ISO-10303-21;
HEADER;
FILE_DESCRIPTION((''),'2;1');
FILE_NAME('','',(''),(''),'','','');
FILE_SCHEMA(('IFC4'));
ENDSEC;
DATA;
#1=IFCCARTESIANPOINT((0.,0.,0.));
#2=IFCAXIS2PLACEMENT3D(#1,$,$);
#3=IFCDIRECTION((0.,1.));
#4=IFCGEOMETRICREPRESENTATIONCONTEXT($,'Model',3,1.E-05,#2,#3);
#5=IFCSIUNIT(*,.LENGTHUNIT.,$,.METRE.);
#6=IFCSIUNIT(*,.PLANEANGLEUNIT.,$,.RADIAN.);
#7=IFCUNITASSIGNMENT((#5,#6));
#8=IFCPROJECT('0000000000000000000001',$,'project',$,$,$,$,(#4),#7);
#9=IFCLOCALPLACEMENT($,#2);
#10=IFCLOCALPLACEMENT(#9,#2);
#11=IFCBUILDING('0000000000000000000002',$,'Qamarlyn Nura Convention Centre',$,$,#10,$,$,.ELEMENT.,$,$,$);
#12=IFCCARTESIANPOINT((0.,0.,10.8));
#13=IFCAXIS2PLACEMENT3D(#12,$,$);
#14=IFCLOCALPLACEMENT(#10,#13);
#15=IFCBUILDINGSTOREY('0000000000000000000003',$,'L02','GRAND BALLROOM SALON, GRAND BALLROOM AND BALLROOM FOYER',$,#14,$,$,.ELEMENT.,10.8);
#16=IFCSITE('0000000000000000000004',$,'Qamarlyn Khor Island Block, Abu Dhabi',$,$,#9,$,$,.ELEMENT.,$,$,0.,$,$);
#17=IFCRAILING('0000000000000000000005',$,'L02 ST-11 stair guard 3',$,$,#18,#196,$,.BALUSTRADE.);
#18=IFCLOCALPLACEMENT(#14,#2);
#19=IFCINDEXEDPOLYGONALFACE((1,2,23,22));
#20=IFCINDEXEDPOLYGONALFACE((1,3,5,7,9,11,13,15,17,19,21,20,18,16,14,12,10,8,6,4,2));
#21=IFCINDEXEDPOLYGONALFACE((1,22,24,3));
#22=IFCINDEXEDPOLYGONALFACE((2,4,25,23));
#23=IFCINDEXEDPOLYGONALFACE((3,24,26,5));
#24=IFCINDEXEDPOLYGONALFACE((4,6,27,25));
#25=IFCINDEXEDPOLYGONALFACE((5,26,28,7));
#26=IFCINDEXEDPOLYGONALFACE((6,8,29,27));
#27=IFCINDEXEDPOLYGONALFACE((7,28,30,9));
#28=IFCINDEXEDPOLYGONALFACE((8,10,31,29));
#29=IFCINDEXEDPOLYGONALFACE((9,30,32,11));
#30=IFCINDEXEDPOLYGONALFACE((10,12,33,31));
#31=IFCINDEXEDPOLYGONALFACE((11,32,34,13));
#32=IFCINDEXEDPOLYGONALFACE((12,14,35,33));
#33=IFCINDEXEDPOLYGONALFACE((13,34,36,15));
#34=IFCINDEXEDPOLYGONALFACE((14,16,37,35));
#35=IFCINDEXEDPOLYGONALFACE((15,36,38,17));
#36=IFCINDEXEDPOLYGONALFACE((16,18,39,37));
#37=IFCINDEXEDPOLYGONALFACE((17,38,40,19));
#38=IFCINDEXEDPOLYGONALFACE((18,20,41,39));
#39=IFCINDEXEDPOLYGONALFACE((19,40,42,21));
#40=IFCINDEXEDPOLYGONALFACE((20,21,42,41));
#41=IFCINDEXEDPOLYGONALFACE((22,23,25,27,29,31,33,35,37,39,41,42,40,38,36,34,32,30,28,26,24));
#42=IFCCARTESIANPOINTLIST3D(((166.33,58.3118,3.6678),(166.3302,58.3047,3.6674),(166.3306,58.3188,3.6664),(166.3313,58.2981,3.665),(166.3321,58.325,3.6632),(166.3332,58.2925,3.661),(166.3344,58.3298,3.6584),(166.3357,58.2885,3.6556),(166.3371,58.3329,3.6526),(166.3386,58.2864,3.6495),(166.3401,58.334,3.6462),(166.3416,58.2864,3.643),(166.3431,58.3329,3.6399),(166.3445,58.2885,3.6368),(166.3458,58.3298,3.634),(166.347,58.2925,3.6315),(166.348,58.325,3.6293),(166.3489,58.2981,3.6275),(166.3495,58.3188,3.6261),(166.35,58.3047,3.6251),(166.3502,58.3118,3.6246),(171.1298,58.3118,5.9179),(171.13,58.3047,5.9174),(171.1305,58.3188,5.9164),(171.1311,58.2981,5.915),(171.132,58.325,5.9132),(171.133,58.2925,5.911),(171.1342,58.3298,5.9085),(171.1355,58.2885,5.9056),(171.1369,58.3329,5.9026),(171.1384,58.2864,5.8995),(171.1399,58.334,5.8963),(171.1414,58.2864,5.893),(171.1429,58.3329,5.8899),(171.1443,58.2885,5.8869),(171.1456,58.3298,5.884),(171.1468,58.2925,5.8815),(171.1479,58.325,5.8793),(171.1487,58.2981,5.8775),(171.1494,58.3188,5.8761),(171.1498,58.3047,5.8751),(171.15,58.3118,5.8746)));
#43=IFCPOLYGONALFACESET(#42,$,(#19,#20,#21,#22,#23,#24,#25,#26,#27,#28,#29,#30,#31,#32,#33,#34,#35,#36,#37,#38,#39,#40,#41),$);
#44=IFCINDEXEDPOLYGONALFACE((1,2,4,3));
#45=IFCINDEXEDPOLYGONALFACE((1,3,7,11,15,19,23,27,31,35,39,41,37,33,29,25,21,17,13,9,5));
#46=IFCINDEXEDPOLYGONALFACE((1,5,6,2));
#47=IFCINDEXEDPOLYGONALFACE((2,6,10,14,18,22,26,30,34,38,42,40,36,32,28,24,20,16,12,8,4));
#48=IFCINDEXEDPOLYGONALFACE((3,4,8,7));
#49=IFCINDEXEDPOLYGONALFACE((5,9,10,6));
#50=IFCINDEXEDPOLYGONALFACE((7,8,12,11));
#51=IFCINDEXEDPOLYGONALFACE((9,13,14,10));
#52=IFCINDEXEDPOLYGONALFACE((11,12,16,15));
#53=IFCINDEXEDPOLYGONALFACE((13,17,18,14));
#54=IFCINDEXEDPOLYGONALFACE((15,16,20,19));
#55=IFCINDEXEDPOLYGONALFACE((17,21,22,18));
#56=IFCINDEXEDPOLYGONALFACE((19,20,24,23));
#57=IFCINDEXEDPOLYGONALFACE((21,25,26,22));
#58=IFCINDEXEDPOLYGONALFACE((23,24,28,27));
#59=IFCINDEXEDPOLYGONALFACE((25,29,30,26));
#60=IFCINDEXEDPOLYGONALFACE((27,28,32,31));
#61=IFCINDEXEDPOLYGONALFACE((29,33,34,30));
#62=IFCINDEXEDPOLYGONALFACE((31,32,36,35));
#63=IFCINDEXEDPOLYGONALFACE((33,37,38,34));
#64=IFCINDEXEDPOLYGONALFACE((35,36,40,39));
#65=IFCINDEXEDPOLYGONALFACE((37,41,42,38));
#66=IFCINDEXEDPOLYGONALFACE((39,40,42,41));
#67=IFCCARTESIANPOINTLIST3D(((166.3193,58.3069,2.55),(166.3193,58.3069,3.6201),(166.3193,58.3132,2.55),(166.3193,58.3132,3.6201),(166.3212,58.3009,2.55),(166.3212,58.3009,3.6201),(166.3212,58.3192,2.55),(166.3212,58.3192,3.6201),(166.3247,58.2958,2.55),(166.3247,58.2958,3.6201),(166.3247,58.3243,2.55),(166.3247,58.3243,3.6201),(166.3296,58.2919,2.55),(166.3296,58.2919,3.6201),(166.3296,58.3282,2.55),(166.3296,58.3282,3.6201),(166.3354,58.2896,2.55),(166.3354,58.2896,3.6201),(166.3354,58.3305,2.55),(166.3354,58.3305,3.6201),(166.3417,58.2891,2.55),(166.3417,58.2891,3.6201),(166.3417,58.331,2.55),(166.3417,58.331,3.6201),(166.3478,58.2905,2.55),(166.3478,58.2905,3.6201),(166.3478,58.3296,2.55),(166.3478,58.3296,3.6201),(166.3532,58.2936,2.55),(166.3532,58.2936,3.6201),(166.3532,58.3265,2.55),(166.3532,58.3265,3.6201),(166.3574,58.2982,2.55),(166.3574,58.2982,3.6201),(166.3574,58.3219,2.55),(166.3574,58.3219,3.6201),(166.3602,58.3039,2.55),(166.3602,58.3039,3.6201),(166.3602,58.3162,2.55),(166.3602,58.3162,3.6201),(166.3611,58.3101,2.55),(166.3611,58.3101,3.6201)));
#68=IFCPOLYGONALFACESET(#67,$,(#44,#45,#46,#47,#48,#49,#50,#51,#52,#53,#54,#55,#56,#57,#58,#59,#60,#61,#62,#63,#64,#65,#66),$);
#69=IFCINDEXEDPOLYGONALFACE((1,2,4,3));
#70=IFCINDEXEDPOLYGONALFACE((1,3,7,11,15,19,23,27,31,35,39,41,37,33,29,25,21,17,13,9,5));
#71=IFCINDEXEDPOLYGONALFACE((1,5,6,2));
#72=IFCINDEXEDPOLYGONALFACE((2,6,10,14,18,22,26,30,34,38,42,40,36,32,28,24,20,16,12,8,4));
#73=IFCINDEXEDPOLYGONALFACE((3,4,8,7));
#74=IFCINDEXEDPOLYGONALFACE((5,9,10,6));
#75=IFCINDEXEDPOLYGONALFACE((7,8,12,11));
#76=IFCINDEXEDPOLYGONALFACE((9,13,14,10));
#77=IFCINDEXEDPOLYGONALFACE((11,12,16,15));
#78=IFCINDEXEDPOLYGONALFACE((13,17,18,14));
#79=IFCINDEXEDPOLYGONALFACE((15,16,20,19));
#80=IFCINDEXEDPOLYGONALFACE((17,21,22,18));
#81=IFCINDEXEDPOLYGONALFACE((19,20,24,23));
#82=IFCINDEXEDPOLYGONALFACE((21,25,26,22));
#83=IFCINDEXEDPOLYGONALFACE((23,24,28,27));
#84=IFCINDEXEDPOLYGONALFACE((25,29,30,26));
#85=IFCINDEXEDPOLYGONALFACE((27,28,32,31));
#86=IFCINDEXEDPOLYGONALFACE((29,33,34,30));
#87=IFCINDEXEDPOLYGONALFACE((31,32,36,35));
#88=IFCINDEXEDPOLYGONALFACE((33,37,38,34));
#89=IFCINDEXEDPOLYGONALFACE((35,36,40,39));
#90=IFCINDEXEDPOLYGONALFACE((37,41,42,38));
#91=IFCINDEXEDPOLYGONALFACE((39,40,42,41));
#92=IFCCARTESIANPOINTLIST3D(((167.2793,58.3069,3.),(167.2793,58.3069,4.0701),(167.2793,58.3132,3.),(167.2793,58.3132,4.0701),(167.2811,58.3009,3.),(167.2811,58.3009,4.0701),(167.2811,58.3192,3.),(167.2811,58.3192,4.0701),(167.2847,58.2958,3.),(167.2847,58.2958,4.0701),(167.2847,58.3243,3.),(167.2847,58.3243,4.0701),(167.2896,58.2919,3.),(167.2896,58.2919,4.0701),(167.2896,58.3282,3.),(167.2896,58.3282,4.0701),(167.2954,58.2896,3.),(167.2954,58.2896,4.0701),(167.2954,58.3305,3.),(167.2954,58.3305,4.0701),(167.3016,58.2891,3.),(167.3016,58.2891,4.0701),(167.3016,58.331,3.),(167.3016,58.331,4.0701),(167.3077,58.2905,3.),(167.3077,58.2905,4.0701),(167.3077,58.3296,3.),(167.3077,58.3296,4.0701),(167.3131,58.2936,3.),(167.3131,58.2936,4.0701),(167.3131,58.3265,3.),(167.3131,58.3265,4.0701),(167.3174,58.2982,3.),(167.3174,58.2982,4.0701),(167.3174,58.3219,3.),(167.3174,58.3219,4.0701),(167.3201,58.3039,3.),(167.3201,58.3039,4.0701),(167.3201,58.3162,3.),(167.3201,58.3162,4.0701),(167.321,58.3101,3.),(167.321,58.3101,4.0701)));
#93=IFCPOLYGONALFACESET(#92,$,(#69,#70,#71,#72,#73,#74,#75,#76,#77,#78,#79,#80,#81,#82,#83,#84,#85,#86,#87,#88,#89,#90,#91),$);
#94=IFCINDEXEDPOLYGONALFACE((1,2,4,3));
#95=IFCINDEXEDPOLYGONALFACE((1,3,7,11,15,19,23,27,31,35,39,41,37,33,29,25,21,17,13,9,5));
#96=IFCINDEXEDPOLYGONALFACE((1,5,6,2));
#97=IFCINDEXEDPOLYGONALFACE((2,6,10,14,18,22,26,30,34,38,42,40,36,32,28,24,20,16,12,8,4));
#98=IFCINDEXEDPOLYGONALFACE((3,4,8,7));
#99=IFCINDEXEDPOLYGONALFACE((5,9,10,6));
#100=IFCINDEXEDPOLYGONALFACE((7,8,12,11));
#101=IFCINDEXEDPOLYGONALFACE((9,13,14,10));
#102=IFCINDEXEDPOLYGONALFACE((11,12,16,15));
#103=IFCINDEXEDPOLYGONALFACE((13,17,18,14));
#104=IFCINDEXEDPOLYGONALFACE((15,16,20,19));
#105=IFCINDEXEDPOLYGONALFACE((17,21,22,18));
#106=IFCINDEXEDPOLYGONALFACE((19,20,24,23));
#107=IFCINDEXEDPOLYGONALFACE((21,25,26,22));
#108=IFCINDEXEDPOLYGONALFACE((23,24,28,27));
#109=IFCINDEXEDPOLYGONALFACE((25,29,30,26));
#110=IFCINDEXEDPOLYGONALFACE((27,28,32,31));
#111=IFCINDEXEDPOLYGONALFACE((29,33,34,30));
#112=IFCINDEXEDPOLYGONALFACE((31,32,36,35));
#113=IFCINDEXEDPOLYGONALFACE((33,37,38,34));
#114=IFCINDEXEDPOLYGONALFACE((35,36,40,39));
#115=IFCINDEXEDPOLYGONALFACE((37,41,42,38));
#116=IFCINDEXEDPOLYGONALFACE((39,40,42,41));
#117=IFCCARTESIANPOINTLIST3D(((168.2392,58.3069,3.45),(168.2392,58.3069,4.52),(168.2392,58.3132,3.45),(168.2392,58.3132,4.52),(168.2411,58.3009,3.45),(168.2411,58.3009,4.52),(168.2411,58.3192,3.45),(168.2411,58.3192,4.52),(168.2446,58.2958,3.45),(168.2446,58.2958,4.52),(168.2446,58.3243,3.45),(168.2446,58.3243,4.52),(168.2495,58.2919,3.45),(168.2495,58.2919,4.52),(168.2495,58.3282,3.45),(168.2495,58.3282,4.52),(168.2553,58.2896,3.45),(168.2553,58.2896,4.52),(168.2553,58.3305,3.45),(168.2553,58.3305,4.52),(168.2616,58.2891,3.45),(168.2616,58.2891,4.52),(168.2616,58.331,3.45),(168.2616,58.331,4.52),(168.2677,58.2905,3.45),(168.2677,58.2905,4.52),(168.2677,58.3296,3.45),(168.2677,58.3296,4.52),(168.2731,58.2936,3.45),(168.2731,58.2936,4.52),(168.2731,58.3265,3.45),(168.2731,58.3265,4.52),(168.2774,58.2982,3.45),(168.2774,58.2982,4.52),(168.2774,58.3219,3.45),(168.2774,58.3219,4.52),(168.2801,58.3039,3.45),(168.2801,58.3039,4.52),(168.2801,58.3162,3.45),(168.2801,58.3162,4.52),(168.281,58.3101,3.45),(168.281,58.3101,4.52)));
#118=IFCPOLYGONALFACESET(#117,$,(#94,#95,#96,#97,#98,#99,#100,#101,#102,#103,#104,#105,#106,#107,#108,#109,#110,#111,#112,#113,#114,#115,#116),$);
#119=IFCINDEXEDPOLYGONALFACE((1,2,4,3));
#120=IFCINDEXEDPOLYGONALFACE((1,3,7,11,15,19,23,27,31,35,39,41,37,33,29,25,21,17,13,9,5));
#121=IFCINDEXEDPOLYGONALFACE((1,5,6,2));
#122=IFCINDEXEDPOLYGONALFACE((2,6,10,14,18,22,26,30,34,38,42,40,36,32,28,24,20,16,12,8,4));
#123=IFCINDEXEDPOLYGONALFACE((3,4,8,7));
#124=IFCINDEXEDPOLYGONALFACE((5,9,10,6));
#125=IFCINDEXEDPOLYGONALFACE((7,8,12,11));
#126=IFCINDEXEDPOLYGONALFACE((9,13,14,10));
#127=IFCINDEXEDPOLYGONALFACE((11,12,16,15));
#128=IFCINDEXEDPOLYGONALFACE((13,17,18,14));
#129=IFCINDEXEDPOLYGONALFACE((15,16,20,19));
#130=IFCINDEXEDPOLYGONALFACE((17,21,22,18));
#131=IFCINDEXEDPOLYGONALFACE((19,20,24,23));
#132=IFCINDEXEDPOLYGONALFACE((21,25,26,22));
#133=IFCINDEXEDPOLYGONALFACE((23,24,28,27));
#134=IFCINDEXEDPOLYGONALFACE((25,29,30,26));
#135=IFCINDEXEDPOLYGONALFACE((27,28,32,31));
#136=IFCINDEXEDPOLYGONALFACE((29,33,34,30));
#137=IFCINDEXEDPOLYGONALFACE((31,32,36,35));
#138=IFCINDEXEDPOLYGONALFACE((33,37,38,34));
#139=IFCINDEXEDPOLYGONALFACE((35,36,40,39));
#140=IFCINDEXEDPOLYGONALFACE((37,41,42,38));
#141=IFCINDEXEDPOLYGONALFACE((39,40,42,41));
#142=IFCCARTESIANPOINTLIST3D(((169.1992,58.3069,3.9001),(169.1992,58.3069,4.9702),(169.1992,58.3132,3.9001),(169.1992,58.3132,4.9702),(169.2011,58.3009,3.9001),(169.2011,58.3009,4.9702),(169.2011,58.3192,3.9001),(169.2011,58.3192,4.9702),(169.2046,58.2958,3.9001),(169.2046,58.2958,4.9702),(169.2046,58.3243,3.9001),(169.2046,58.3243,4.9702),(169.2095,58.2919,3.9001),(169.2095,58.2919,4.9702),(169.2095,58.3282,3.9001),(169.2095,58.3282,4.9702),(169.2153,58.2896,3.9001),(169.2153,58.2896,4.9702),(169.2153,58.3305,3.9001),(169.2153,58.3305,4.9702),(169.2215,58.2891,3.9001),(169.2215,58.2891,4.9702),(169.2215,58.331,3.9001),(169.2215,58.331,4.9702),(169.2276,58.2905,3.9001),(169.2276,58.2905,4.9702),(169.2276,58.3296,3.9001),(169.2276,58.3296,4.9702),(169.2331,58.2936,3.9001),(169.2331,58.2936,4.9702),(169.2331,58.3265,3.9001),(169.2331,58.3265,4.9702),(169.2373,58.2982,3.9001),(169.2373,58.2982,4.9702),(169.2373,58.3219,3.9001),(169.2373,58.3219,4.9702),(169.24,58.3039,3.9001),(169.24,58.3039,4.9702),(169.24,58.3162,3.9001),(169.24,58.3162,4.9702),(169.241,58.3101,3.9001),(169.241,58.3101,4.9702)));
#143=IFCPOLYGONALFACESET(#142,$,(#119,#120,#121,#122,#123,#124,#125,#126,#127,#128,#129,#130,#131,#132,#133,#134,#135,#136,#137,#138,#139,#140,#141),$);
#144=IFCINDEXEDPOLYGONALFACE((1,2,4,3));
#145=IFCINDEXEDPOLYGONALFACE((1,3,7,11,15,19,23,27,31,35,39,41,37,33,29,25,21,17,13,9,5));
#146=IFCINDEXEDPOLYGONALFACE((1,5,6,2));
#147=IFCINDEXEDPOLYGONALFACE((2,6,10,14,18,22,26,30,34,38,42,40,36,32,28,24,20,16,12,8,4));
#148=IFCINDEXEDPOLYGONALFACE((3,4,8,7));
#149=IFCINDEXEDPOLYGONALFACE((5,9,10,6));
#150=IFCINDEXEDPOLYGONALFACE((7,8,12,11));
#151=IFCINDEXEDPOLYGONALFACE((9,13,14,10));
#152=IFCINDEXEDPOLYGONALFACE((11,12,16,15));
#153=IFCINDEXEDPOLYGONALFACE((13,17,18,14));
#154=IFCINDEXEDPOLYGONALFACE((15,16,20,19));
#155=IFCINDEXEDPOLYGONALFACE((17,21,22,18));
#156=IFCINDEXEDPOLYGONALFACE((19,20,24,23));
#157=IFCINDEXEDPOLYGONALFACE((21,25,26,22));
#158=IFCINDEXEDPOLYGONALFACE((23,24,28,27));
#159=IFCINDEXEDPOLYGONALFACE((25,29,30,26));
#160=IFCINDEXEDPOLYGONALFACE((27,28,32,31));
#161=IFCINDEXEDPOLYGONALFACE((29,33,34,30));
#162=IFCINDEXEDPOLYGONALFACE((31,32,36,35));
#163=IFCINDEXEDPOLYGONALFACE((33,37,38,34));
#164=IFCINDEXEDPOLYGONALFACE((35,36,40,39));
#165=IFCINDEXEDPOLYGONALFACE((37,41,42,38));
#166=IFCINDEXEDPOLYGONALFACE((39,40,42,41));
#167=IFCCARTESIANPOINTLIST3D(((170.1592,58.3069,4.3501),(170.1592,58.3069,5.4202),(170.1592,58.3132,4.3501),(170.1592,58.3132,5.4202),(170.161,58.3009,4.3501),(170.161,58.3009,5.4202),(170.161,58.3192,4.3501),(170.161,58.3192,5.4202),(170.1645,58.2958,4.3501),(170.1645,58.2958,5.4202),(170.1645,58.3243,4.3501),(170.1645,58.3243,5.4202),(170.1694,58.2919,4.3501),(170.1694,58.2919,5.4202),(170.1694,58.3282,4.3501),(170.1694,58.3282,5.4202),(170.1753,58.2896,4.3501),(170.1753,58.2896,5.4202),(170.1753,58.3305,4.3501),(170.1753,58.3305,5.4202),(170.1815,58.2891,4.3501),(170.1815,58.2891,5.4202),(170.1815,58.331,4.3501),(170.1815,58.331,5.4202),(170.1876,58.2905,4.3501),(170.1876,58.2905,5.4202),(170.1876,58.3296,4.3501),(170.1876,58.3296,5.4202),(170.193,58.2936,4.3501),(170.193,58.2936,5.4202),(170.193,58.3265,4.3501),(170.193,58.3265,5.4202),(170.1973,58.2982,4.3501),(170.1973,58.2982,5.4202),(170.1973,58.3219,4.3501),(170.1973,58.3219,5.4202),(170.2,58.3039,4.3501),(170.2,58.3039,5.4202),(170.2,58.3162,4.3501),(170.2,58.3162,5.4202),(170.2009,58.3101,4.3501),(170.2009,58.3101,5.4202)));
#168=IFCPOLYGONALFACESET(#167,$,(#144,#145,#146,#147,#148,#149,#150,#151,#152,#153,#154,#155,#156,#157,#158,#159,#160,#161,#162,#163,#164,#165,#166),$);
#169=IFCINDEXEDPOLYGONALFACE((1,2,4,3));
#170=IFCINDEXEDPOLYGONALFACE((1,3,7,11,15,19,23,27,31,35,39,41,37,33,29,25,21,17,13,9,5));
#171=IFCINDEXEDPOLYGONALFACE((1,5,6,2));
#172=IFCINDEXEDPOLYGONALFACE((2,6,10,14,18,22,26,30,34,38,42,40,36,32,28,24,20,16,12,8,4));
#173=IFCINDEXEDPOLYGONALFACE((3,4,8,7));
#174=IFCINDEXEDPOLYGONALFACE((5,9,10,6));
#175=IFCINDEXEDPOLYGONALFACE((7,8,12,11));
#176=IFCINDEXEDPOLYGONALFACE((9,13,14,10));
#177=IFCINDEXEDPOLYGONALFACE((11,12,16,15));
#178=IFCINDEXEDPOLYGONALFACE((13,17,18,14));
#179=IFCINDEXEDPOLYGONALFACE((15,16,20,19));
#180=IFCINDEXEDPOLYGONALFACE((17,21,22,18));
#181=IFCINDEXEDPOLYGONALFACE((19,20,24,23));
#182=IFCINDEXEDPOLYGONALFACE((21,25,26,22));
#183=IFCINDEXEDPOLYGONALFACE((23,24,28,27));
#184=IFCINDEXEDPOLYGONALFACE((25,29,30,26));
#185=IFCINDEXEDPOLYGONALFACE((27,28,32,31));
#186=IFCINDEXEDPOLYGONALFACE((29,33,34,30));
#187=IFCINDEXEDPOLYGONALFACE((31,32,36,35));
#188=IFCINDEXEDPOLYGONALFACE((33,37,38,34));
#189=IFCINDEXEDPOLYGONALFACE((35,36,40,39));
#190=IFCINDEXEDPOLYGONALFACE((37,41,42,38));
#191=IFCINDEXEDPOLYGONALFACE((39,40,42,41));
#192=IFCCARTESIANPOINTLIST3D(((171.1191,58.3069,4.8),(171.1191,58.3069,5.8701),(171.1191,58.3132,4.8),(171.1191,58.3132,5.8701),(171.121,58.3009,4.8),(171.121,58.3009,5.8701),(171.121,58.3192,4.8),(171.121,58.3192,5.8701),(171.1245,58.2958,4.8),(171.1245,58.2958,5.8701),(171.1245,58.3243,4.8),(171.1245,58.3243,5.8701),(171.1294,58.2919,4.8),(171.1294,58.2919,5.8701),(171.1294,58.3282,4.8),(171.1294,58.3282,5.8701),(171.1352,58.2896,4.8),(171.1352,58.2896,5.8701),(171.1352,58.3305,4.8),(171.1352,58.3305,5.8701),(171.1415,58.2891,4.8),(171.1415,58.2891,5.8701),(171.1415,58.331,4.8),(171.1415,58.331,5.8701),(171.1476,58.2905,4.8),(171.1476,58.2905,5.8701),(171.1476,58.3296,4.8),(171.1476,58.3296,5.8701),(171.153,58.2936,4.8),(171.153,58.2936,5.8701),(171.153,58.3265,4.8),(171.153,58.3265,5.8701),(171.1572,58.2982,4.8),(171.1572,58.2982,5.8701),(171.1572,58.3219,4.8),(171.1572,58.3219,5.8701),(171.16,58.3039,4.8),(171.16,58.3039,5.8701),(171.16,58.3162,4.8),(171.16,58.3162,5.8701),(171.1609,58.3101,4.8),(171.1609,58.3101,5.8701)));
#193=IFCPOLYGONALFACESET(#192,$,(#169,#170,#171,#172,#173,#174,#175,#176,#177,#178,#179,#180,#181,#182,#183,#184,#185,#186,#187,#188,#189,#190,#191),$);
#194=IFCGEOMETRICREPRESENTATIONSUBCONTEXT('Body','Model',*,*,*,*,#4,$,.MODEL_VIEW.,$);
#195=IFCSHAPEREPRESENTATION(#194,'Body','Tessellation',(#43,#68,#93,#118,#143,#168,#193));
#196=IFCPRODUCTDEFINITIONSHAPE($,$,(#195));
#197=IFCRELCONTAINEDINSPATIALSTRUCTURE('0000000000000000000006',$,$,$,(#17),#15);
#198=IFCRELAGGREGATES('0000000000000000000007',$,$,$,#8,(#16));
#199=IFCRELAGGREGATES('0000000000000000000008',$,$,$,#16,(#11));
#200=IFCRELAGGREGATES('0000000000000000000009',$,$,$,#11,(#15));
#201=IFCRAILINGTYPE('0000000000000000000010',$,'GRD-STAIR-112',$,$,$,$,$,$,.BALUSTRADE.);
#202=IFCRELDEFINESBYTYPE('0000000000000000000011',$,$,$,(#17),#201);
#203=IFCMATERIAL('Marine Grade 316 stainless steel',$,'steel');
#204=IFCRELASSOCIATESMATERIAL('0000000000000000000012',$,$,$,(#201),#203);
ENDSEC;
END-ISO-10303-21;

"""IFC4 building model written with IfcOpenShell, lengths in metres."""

from ifc_helpers import new_model, si_unit, direction, frame, origin, origin_2d, place, context, subcontext, project, spatial, circle, extrude, material, type_object, element, save


model = new_model("IFC4")

# Units and contexts
model_context = context("Model", 3, precision=1e-05, world=origin(), true_north=direction((0.0, 1.0)))
body_context = subcontext(model_context, "Body", "Model", "MODEL_VIEW")
ifc_project = project(units=[si_unit("LENGTHUNIT", "METRE"), si_unit("PLANEANGLEUNIT", "RADIAN")], contexts=[model_context])

# Site, building, storey
site_placement = place(None, origin())
site = spatial("IfcSite", under=ifc_project, at=site_placement, Name="Qamarlyn Khor Island Block, Abu Dhabi", CompositionType="ELEMENT", RefElevation=0.0)
building_placement = place(site_placement, origin())
building = spatial("IfcBuilding", under=site, at=building_placement, Name="Qamarlyn Nura Convention Centre", CompositionType="ELEMENT")
storey_placement = place(building_placement, frame((0.0, 0.0, 10.8)))
storey = spatial("IfcBuildingStorey", under=building, at=storey_placement, Name="L02", Description="GRAND BALLROOM SALON, GRAND BALLROOM AND BALLROOM FOYER", CompositionType="ELEMENT", Elevation=10.8)

# Railing
ifc_material_1 = material(Name="Marine Grade 316 stainless steel", Category="steel")
railing_type_1 = type_object("IfcRailingType", Name="GRD-STAIR-112", PredefinedType="BALUSTRADE", material=ifc_material_1)
railing_1_placement = place(storey_placement, frame((166.3401, 58.3101, 2.55)))
element("IfcRailing", 1, at=railing_1_placement, inside=storey, type_object=railing_type_1, Name="L02 ST-11 stair guard 3", PredefinedType="BALUSTRADE", context=body_context, shape_type="SweptSolid", body=[
    extrude(circle(Radius=0.0239, at=origin_2d()), frame((0.0, 0.0, 1.0962), z_axis=(0.905452, 0.0, 0.424448), x_axis=(0.0, 1.0, 0.0)), (0.0, 0.0, 1.0), 5.301),
    extrude(circle(Radius=0.021, at=origin_2d()), origin(), (0.0, 0.0, 1.0), 1.0701),
    extrude(circle(Radius=0.021, at=origin_2d()), frame((0.96, 0.0, 0.45)), (0.0, 0.0, 1.0), 1.0701),
    extrude(circle(Radius=0.021, at=origin_2d()), frame((1.9199, 0.0, 0.8999)), (0.0, 0.0, 1.0), 1.0701),
    extrude(circle(Radius=0.021, at=origin_2d()), frame((2.8799, 0.0, 1.3501)), (0.0, 0.0, 1.0), 1.0701),
    extrude(circle(Radius=0.021, at=origin_2d()), frame((3.8398, 0.0, 1.8)), (0.0, 0.0, 1.0), 1.0701),
    extrude(circle(Radius=0.021, at=origin_2d()), frame((4.7998, 0.0, 2.25)), (0.0, 0.0, 1.0), 1.0701),
])

save(model, "model.ifc")
